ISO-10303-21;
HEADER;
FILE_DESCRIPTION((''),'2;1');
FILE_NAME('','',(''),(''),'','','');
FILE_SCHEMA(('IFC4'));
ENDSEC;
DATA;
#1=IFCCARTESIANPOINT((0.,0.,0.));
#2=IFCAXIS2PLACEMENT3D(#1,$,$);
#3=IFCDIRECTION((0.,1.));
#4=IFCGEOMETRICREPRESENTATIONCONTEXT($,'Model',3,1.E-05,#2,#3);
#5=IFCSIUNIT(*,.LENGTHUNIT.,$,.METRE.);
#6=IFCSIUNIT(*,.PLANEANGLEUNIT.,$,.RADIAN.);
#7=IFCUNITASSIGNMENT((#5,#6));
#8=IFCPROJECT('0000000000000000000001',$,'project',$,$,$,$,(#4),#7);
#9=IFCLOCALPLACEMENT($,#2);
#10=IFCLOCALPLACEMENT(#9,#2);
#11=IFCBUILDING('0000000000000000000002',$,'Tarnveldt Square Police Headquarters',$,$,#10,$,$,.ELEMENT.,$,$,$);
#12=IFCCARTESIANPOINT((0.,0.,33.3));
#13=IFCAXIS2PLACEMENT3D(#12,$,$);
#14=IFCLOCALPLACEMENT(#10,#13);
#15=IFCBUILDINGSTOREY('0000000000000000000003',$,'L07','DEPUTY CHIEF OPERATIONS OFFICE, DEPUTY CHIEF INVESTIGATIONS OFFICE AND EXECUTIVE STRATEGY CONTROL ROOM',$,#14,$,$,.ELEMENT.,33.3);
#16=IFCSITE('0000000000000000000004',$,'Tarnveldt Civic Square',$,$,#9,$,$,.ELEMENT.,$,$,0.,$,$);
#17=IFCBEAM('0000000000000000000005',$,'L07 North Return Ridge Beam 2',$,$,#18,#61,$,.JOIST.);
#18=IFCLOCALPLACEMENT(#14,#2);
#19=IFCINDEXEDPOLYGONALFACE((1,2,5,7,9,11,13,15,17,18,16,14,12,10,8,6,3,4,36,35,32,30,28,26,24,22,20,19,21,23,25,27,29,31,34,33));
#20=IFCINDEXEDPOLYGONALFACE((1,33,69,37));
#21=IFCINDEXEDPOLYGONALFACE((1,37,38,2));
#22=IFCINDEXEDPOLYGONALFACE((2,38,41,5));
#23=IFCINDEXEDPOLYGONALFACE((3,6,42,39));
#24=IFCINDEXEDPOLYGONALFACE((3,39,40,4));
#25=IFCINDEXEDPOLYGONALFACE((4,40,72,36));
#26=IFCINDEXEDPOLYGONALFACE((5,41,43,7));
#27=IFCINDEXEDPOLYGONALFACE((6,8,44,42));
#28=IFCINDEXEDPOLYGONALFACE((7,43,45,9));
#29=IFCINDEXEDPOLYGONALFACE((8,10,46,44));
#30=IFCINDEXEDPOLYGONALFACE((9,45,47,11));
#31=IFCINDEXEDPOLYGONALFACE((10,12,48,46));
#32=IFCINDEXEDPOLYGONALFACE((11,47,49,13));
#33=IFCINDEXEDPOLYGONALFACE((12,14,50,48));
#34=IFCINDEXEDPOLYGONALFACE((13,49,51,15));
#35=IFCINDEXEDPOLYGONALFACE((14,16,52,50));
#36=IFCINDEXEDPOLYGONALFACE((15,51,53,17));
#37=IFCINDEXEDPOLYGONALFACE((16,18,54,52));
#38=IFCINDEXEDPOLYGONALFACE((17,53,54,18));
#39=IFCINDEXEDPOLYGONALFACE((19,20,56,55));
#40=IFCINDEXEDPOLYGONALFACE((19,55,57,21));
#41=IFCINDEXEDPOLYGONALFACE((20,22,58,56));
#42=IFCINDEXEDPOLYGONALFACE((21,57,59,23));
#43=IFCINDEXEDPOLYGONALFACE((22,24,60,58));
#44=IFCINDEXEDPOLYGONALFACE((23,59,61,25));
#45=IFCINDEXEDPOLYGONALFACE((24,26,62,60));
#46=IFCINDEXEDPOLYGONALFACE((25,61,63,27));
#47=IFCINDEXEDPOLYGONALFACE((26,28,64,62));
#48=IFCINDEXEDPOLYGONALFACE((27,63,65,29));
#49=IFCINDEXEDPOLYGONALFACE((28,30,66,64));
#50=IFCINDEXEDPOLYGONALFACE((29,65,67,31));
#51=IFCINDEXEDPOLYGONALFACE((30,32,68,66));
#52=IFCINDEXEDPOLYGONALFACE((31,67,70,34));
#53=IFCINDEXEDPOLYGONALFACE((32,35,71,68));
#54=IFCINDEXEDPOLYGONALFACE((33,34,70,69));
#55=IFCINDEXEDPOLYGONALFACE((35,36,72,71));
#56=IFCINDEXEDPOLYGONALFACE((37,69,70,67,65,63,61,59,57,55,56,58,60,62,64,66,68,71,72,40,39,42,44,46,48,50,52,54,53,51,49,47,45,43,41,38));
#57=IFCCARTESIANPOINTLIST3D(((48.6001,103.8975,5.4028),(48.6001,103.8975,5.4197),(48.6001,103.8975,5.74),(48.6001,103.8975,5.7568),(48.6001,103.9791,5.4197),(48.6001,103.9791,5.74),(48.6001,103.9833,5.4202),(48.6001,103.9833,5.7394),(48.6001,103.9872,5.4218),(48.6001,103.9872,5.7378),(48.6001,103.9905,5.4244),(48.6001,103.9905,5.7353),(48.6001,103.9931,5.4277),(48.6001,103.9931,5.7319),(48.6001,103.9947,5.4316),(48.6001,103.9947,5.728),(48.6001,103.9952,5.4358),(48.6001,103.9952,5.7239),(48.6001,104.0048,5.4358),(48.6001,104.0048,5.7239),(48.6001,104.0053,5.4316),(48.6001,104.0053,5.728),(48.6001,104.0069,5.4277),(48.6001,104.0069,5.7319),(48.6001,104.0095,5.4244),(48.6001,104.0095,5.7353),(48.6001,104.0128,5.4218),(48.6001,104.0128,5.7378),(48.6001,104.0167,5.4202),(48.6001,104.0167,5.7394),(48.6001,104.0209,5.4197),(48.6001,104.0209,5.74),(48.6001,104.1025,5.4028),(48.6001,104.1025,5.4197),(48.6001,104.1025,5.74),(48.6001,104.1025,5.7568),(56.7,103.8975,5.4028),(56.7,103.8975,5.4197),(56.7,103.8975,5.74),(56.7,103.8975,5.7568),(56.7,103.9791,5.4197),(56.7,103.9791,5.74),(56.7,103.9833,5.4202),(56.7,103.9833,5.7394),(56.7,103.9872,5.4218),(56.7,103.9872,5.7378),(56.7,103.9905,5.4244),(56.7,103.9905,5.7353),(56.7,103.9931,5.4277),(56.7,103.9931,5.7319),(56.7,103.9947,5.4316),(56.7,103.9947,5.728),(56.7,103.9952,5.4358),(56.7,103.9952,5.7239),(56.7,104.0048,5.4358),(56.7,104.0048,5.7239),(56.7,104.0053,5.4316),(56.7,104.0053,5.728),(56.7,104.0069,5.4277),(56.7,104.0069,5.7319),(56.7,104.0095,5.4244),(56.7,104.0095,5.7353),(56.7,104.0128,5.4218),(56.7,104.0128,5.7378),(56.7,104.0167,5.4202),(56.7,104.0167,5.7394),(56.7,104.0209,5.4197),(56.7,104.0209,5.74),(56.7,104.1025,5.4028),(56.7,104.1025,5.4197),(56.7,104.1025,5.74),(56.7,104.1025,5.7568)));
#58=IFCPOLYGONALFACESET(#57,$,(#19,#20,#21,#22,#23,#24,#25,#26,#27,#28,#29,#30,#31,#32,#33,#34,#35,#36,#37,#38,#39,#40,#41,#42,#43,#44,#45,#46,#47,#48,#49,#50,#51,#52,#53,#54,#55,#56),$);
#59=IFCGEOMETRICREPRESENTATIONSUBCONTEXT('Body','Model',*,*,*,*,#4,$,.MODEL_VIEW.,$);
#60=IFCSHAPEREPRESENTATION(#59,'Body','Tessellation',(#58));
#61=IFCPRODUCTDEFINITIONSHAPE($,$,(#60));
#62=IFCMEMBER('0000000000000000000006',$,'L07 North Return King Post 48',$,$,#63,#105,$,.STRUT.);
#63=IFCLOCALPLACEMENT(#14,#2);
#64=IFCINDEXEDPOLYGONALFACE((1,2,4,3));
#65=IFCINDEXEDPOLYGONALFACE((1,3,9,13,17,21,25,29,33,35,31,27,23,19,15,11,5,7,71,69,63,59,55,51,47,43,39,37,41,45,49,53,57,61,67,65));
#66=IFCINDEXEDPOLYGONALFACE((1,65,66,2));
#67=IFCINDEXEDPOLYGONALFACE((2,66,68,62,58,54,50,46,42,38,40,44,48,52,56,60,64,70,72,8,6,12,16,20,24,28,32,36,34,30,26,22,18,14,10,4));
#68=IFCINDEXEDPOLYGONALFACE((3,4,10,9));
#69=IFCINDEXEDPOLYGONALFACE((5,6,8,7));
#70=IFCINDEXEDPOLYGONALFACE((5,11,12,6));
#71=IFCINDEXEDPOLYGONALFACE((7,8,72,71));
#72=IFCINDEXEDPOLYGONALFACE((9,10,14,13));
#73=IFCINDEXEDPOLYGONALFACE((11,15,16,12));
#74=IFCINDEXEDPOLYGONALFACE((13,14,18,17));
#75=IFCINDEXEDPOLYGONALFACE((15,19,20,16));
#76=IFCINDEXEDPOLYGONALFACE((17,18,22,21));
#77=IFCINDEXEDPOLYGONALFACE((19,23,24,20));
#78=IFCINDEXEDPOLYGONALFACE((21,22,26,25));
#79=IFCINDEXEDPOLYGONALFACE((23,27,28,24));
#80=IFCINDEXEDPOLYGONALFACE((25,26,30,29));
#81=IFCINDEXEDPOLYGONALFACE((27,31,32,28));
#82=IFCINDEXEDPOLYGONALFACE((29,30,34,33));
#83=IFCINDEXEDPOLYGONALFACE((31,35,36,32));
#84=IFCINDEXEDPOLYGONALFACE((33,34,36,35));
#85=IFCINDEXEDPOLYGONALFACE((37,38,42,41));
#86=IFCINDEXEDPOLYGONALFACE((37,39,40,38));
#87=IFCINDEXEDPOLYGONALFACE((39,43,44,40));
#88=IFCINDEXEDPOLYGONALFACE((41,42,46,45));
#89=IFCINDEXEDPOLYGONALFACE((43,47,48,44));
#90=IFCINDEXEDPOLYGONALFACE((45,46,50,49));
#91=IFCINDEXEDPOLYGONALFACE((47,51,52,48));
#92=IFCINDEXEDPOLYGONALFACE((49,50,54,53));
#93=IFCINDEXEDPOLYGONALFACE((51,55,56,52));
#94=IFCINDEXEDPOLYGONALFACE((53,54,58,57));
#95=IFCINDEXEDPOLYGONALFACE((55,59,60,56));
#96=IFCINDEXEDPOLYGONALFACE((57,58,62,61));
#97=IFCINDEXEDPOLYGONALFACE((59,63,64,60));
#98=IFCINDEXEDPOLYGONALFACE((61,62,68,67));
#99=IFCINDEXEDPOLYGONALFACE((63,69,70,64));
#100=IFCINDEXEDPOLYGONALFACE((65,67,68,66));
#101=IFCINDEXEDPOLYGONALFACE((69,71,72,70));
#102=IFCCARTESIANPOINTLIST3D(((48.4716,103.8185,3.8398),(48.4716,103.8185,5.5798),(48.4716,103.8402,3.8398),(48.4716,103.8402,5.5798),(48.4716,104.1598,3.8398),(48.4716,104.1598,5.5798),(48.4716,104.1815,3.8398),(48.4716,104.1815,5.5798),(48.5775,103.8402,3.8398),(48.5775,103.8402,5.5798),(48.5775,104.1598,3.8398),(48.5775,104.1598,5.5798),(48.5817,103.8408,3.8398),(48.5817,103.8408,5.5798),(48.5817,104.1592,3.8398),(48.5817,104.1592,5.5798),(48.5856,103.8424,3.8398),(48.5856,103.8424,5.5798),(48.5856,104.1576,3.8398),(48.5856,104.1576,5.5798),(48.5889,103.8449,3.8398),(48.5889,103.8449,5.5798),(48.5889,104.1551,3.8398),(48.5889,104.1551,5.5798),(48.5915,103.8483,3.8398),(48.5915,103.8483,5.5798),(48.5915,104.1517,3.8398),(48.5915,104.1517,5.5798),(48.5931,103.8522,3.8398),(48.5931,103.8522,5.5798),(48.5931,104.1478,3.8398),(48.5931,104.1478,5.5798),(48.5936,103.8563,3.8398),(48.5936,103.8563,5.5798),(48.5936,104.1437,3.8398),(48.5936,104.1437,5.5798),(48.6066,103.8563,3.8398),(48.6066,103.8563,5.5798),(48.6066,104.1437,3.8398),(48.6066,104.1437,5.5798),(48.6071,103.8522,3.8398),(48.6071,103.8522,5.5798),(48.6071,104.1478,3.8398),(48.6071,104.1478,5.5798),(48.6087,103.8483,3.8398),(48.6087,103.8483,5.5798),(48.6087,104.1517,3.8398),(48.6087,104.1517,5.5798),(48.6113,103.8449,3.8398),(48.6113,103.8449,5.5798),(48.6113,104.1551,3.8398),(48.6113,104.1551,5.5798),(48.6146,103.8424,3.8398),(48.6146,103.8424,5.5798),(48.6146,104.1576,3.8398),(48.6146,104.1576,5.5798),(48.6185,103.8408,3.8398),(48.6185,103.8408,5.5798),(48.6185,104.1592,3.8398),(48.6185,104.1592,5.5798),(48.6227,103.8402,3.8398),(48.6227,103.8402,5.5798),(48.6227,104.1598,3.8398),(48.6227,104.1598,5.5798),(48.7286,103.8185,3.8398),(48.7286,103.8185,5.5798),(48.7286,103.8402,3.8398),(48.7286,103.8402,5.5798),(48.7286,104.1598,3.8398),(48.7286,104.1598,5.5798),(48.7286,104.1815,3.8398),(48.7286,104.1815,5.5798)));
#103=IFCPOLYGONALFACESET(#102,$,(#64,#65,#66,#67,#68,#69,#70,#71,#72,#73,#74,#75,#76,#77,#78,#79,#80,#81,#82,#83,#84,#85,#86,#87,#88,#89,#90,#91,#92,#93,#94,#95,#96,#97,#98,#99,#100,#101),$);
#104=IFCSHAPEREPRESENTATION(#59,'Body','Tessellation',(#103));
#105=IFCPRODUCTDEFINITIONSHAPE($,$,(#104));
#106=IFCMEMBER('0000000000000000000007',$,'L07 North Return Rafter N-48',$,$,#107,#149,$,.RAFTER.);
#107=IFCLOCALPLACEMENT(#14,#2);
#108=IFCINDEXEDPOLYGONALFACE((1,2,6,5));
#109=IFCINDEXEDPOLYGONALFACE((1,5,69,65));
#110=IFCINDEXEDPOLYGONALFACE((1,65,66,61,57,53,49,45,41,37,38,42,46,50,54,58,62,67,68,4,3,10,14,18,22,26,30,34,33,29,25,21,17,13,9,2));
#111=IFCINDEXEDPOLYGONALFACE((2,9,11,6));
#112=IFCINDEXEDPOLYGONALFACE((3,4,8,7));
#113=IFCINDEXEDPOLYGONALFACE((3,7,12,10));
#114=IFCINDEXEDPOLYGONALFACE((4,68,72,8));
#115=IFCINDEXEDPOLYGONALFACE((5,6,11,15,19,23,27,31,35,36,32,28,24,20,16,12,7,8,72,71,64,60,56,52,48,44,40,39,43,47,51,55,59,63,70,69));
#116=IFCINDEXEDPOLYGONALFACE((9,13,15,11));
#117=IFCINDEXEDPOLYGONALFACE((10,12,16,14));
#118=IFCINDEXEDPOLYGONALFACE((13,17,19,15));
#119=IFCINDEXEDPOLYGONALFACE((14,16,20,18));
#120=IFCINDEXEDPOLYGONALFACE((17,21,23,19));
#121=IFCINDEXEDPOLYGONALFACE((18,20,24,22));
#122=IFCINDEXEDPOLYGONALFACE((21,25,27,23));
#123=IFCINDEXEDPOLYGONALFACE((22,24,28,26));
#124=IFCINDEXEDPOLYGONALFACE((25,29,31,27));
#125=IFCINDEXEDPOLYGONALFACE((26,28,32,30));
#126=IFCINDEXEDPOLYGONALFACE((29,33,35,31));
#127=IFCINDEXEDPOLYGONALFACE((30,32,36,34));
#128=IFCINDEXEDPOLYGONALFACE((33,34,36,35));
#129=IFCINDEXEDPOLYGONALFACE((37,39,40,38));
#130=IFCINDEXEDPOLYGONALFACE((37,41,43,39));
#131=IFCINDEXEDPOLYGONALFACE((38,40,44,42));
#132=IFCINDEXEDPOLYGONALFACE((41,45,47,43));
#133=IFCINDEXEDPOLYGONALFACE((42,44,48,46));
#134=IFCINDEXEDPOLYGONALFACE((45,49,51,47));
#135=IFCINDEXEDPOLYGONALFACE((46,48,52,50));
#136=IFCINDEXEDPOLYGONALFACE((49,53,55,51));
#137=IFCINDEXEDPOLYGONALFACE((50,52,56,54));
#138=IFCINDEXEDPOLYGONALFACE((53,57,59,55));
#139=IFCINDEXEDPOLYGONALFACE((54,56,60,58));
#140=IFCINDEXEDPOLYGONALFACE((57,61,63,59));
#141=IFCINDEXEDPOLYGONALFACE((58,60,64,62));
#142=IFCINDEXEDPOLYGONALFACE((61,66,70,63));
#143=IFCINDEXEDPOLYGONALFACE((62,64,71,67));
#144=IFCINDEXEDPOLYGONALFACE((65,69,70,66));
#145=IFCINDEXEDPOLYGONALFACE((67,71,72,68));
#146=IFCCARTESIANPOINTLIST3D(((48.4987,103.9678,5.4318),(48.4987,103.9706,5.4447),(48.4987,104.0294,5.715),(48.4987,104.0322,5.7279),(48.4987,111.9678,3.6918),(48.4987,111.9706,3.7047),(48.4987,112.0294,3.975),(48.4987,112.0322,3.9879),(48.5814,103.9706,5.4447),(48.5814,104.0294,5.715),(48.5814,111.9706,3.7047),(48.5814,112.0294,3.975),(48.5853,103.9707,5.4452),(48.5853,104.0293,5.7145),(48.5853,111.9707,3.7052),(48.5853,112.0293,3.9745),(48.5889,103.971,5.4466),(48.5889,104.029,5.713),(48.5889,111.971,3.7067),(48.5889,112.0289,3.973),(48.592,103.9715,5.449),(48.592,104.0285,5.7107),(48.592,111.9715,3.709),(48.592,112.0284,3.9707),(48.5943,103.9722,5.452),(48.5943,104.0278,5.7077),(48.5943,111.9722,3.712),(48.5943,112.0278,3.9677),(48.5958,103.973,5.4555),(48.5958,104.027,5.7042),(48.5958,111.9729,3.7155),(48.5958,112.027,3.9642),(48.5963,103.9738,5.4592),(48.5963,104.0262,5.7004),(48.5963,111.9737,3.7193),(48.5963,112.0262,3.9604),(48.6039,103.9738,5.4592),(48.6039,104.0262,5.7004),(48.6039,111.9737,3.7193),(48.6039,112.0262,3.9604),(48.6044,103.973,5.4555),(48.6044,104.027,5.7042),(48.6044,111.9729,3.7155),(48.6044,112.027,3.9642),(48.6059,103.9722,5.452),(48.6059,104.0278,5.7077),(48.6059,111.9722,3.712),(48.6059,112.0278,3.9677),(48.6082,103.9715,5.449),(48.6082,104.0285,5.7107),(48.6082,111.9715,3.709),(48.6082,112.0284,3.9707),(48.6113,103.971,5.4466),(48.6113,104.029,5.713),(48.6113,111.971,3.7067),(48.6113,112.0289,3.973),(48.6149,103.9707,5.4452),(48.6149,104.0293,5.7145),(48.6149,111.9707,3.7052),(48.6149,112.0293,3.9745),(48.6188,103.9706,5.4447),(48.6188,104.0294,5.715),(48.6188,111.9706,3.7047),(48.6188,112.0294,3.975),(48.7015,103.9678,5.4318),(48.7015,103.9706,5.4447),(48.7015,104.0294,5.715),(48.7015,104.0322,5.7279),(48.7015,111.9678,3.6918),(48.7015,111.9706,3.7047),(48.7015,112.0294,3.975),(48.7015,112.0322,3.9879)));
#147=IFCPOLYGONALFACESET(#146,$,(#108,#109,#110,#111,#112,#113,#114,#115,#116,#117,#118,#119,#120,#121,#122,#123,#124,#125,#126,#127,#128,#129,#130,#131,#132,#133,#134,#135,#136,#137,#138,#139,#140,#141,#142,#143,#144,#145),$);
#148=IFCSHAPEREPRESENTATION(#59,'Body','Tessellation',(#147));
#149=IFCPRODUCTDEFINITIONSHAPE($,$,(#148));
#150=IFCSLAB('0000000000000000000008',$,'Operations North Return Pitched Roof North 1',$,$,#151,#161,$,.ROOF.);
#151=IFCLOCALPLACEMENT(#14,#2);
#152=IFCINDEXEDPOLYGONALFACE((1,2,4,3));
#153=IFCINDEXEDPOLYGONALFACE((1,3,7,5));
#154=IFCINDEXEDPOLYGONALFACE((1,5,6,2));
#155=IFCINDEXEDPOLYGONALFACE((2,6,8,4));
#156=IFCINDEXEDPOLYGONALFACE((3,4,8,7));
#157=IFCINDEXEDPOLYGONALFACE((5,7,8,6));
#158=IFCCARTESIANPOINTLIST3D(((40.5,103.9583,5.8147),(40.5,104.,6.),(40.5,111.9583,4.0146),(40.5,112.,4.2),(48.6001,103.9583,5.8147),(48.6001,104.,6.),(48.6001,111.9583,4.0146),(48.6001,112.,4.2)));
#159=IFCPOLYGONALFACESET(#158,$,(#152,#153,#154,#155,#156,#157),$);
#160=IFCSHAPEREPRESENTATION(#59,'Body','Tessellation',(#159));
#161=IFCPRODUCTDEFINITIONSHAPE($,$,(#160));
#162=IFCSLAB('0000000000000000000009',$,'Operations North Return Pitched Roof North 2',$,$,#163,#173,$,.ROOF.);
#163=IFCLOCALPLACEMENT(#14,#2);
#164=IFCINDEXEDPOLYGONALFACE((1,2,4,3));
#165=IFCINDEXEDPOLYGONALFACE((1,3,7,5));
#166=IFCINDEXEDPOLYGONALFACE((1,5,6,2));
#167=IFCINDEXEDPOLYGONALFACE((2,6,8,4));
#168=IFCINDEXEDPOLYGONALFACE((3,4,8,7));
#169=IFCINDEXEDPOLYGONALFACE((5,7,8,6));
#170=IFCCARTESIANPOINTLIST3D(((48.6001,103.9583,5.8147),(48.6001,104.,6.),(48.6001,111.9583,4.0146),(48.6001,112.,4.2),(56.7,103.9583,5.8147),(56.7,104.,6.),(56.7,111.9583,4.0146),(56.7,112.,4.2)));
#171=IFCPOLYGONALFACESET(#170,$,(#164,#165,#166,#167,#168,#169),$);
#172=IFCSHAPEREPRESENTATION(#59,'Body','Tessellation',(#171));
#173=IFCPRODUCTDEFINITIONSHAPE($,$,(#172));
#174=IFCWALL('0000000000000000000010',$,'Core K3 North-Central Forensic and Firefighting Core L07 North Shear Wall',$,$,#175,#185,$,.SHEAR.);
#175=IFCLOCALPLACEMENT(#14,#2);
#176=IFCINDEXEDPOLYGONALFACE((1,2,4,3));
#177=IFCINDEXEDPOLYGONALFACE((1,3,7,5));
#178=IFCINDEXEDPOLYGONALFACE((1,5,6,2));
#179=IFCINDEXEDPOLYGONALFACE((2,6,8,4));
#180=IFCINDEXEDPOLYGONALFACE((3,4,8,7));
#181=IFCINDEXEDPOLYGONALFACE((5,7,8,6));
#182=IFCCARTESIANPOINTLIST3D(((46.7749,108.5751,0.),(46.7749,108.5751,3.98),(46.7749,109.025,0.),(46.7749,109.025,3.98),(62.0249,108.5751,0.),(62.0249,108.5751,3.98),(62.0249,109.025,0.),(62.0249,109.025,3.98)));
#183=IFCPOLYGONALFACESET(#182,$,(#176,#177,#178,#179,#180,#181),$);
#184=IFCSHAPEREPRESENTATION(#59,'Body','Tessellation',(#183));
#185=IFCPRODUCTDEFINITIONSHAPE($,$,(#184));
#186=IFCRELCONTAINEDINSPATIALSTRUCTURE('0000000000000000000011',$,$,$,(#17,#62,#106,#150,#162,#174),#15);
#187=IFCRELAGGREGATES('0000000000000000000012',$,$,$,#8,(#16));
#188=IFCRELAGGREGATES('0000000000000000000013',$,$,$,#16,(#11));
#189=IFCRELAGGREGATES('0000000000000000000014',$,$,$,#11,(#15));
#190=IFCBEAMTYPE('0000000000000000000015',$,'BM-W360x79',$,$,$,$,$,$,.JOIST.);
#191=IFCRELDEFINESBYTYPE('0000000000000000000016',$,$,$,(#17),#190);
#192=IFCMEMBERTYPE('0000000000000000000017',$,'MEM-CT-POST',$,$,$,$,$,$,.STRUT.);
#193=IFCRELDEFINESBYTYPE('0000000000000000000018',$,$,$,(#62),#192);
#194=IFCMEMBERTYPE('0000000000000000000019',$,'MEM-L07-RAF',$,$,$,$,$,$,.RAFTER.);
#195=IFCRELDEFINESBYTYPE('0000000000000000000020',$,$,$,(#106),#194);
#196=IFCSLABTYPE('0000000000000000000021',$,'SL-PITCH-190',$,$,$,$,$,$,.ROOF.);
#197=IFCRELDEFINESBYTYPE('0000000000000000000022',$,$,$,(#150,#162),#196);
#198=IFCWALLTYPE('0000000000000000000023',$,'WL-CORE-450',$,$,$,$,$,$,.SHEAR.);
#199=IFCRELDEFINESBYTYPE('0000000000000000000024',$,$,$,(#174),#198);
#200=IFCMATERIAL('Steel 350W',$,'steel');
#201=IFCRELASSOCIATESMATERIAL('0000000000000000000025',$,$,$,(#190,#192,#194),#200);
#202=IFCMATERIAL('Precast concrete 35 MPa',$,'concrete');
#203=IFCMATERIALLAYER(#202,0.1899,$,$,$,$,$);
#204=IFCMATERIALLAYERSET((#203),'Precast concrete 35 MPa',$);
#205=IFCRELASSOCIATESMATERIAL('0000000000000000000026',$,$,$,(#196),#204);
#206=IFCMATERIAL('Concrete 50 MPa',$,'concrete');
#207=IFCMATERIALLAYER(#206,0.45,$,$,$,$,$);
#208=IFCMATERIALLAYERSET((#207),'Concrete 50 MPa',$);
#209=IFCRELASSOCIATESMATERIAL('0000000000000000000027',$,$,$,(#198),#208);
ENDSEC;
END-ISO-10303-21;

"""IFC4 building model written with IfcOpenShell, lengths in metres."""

from ifc_helpers import new_model, si_unit, direction, frame, frame_2d, origin, origin_2d, place, context, subcontext, project, spatial, polyline, rectangle, i_section, outline, extrude, material, layer, layer_set, material_profile, profile_set, type_object, element, save


model = new_model("IFC4")

# Units and contexts
model_context = context("Model", 3, precision=1e-05, world=origin(), true_north=direction((0.0, 1.0)))
body_context = subcontext(model_context, "Body", "Model", "MODEL_VIEW")
ifc_project = project(units=[si_unit("LENGTHUNIT", "METRE"), si_unit("PLANEANGLEUNIT", "RADIAN")], contexts=[model_context])

# Site, building, storey
site_placement = place(None, origin())
site = spatial("IfcSite", under=ifc_project, at=site_placement, Name="Tarnveldt Civic Square", CompositionType="ELEMENT", RefElevation=0.0)
building_placement = place(site_placement, origin())
building = spatial("IfcBuilding", under=site, at=building_placement, Name="Tarnveldt Square Police Headquarters", CompositionType="ELEMENT")
storey_placement = place(building_placement, frame((0.0, 0.0, 33.3)))
storey = spatial("IfcBuildingStorey", under=building, at=storey_placement, Name="L07", Description="DEPUTY CHIEF OPERATIONS OFFICE, DEPUTY CHIEF INVESTIGATIONS OFFICE AND EXECUTIVE STRATEGY CONTROL ROOM", CompositionType="ELEMENT", Elevation=33.3)

# Shared definitions
ifc_material_1 = material(Name="Steel 350W", Category="steel")

# Beam
ifc_material_2 = material(Name="Concrete 50 MPa", Category="concrete")
ifc_material_profile_1 = material_profile(ifc_material_1, i_section(OverallWidth=0.2051, OverallDepth=0.354, WebThickness=0.0095, FlangeThickness=0.0168, FilletRadius=0.0161, at=origin_2d()), Name="W360x79")
ifc_profile_set_1 = profile_set([ifc_material_profile_1], Name="Steel 350W")
beam_type_1 = type_object("IfcBeamType", Name="BM-W360x79", PredefinedType="JOIST", material=ifc_profile_set_1)
for number, where, z_axis, x_axis, name in (
    (1, (48.6001, 104.0, 5.5798), (1.0, 0.0, 0.0), (0.0, 1.0, 0.0), "L07 North Return Ridge Beam 2"),
):
    element("IfcBeam", number, at=place(storey_placement, frame(where, z_axis=z_axis, x_axis=x_axis)), inside=storey, type_object=beam_type_1, Name=name, PredefinedType="JOIST", context=body_context, shape_type="SweptSolid", body=[
        extrude(i_section(OverallWidth=0.2051, OverallDepth=0.354, WebThickness=0.0095, FlangeThickness=0.0168, FilletRadius=0.0161, at=origin_2d()), origin(), (0.0, 0.0, 1.0), 8.0999),
    ])

# Members
ifc_material_profile_2 = material_profile(ifc_material_1, i_section(OverallWidth=0.2571, OverallDepth=0.363, WebThickness=0.0129, FlangeThickness=0.0217, FilletRadius=0.0161, at=origin_2d()), Name="W360x122")
ifc_profile_set_2 = profile_set([ifc_material_profile_2], Name="Steel 350W")
member_type_1 = type_object("IfcMemberType", Name="MEM-CT-POST", PredefinedType="STRUT", material=ifc_profile_set_2)
member_1_placement = place(storey_placement, frame((48.6001, 104.0, 3.8398), z_axis=(0.0, 0.0, 1.0), x_axis=(1.0, 0.0, 0.0)))
element("IfcMember", 2, at=member_1_placement, inside=storey, type_object=member_type_1, Name="L07 North Return King Post 48", PredefinedType="STRUT", context=body_context, shape_type="SweptSolid", body=[
    extrude(i_section(OverallWidth=0.2571, OverallDepth=0.363, WebThickness=0.0129, FlangeThickness=0.0217, FilletRadius=0.0161, at=origin_2d()), origin(), (0.0, 0.0, 1.0), 1.74),
])
ifc_material_profile_3 = material_profile(ifc_material_1, i_section(OverallWidth=0.2029, OverallDepth=0.303, WebThickness=0.0076, FlangeThickness=0.0132, FilletRadius=0.0149, at=origin_2d()), Name="W310x60")
ifc_profile_set_3 = profile_set([ifc_material_profile_3], Name="Steel 350W")
member_type_2 = type_object("IfcMemberType", Name="MEM-L07-RAF", PredefinedType="RAFTER", material=ifc_profile_set_3)
member_2_placement = place(storey_placement, frame((48.6001, 104.0, 5.5798), z_axis=(0.0, 0.977155, -0.21253), x_axis=(-1.0, 0.0, 0.0)))
element("IfcMember", 3, at=member_2_placement, inside=storey, type_object=member_type_2, Name="L07 North Return Rafter N-48", PredefinedType="RAFTER", context=body_context, shape_type="SweptSolid", body=[
    extrude(i_section(OverallWidth=0.2029, OverallDepth=0.303, WebThickness=0.0076, FlangeThickness=0.0132, FilletRadius=0.0149, at=origin_2d()), origin(), (0.0, 0.0, 1.0), 8.187),
])

# Slabs
ifc_material_3 = material(Name="Precast concrete 35 MPa", Category="concrete")
ifc_layer_1 = layer(ifc_material_3, 0.1899)
ifc_layer_set_1 = layer_set([ifc_layer_1], Name="Precast concrete 35 MPa")
slab_type = type_object("IfcSlabType", Name="SL-PITCH-190", PredefinedType="ROOF", material=ifc_layer_set_1)
slab_1_placement = place(storey_placement, frame((40.5, 104.0, 6.0), z_axis=(0.0, 0.219518, 0.975608), x_axis=(1.0, 0.0, 0.0)))
element("IfcSlab", 4, at=slab_1_placement, inside=storey, type_object=slab_type, Name="Operations North Return Pitched Roof North 1", PredefinedType="ROOF", context=body_context, shape_type="SweptSolid", body=[
    extrude(outline(polyline([(0.0, 0.0), (8.1001, 0.0), (8.1001, 8.2), (0.0, 8.2), (0.0, 0.0)])), origin(), (0.0, 0.0, -1.0), 0.1899),
])
slab_2_placement = place(storey_placement, frame((48.6001, 104.0, 6.0), z_axis=(0.0, 0.219518, 0.975608), x_axis=(1.0, 0.0, 0.0)))
element("IfcSlab", 5, at=slab_2_placement, inside=storey, type_object=slab_type, Name="Operations North Return Pitched Roof North 2", PredefinedType="ROOF", context=body_context, shape_type="SweptSolid", body=[
    extrude(outline(polyline([(0.0, 0.0), (8.0999, 0.0), (8.0999, 8.2), (0.0, 8.2), (0.0, 0.0)])), origin(), (0.0, 0.0, -1.0), 0.1899),
])

# Wall
ifc_layer_2 = layer(ifc_material_2, 0.45)
ifc_layer_set_2 = layer_set([ifc_layer_2], Name="Concrete 50 MPa")
wall_type_1 = type_object("IfcWallType", Name="WL-CORE-450", PredefinedType="SHEAR", material=ifc_layer_set_2)
wall_1_placement = place(storey_placement, frame((46.7749, 108.8, 0.0), z_axis=(0.0, 0.0, 1.0), x_axis=(1.0, 0.0, 0.0)))
element("IfcWall", 6, at=wall_1_placement, inside=storey, type_object=wall_type_1, Name="Core K3 North-Central Forensic and Firefighting Core L07 North Shear Wall", PredefinedType="SHEAR", context=body_context, shape_type="SweptSolid", body=[
    extrude(rectangle(XDim=15.25, YDim=0.45, at=frame_2d((7.625, 0.0))), origin(), (0.0, 0.0, 1.0), 3.98),
])

save(model, "model.ifc")
